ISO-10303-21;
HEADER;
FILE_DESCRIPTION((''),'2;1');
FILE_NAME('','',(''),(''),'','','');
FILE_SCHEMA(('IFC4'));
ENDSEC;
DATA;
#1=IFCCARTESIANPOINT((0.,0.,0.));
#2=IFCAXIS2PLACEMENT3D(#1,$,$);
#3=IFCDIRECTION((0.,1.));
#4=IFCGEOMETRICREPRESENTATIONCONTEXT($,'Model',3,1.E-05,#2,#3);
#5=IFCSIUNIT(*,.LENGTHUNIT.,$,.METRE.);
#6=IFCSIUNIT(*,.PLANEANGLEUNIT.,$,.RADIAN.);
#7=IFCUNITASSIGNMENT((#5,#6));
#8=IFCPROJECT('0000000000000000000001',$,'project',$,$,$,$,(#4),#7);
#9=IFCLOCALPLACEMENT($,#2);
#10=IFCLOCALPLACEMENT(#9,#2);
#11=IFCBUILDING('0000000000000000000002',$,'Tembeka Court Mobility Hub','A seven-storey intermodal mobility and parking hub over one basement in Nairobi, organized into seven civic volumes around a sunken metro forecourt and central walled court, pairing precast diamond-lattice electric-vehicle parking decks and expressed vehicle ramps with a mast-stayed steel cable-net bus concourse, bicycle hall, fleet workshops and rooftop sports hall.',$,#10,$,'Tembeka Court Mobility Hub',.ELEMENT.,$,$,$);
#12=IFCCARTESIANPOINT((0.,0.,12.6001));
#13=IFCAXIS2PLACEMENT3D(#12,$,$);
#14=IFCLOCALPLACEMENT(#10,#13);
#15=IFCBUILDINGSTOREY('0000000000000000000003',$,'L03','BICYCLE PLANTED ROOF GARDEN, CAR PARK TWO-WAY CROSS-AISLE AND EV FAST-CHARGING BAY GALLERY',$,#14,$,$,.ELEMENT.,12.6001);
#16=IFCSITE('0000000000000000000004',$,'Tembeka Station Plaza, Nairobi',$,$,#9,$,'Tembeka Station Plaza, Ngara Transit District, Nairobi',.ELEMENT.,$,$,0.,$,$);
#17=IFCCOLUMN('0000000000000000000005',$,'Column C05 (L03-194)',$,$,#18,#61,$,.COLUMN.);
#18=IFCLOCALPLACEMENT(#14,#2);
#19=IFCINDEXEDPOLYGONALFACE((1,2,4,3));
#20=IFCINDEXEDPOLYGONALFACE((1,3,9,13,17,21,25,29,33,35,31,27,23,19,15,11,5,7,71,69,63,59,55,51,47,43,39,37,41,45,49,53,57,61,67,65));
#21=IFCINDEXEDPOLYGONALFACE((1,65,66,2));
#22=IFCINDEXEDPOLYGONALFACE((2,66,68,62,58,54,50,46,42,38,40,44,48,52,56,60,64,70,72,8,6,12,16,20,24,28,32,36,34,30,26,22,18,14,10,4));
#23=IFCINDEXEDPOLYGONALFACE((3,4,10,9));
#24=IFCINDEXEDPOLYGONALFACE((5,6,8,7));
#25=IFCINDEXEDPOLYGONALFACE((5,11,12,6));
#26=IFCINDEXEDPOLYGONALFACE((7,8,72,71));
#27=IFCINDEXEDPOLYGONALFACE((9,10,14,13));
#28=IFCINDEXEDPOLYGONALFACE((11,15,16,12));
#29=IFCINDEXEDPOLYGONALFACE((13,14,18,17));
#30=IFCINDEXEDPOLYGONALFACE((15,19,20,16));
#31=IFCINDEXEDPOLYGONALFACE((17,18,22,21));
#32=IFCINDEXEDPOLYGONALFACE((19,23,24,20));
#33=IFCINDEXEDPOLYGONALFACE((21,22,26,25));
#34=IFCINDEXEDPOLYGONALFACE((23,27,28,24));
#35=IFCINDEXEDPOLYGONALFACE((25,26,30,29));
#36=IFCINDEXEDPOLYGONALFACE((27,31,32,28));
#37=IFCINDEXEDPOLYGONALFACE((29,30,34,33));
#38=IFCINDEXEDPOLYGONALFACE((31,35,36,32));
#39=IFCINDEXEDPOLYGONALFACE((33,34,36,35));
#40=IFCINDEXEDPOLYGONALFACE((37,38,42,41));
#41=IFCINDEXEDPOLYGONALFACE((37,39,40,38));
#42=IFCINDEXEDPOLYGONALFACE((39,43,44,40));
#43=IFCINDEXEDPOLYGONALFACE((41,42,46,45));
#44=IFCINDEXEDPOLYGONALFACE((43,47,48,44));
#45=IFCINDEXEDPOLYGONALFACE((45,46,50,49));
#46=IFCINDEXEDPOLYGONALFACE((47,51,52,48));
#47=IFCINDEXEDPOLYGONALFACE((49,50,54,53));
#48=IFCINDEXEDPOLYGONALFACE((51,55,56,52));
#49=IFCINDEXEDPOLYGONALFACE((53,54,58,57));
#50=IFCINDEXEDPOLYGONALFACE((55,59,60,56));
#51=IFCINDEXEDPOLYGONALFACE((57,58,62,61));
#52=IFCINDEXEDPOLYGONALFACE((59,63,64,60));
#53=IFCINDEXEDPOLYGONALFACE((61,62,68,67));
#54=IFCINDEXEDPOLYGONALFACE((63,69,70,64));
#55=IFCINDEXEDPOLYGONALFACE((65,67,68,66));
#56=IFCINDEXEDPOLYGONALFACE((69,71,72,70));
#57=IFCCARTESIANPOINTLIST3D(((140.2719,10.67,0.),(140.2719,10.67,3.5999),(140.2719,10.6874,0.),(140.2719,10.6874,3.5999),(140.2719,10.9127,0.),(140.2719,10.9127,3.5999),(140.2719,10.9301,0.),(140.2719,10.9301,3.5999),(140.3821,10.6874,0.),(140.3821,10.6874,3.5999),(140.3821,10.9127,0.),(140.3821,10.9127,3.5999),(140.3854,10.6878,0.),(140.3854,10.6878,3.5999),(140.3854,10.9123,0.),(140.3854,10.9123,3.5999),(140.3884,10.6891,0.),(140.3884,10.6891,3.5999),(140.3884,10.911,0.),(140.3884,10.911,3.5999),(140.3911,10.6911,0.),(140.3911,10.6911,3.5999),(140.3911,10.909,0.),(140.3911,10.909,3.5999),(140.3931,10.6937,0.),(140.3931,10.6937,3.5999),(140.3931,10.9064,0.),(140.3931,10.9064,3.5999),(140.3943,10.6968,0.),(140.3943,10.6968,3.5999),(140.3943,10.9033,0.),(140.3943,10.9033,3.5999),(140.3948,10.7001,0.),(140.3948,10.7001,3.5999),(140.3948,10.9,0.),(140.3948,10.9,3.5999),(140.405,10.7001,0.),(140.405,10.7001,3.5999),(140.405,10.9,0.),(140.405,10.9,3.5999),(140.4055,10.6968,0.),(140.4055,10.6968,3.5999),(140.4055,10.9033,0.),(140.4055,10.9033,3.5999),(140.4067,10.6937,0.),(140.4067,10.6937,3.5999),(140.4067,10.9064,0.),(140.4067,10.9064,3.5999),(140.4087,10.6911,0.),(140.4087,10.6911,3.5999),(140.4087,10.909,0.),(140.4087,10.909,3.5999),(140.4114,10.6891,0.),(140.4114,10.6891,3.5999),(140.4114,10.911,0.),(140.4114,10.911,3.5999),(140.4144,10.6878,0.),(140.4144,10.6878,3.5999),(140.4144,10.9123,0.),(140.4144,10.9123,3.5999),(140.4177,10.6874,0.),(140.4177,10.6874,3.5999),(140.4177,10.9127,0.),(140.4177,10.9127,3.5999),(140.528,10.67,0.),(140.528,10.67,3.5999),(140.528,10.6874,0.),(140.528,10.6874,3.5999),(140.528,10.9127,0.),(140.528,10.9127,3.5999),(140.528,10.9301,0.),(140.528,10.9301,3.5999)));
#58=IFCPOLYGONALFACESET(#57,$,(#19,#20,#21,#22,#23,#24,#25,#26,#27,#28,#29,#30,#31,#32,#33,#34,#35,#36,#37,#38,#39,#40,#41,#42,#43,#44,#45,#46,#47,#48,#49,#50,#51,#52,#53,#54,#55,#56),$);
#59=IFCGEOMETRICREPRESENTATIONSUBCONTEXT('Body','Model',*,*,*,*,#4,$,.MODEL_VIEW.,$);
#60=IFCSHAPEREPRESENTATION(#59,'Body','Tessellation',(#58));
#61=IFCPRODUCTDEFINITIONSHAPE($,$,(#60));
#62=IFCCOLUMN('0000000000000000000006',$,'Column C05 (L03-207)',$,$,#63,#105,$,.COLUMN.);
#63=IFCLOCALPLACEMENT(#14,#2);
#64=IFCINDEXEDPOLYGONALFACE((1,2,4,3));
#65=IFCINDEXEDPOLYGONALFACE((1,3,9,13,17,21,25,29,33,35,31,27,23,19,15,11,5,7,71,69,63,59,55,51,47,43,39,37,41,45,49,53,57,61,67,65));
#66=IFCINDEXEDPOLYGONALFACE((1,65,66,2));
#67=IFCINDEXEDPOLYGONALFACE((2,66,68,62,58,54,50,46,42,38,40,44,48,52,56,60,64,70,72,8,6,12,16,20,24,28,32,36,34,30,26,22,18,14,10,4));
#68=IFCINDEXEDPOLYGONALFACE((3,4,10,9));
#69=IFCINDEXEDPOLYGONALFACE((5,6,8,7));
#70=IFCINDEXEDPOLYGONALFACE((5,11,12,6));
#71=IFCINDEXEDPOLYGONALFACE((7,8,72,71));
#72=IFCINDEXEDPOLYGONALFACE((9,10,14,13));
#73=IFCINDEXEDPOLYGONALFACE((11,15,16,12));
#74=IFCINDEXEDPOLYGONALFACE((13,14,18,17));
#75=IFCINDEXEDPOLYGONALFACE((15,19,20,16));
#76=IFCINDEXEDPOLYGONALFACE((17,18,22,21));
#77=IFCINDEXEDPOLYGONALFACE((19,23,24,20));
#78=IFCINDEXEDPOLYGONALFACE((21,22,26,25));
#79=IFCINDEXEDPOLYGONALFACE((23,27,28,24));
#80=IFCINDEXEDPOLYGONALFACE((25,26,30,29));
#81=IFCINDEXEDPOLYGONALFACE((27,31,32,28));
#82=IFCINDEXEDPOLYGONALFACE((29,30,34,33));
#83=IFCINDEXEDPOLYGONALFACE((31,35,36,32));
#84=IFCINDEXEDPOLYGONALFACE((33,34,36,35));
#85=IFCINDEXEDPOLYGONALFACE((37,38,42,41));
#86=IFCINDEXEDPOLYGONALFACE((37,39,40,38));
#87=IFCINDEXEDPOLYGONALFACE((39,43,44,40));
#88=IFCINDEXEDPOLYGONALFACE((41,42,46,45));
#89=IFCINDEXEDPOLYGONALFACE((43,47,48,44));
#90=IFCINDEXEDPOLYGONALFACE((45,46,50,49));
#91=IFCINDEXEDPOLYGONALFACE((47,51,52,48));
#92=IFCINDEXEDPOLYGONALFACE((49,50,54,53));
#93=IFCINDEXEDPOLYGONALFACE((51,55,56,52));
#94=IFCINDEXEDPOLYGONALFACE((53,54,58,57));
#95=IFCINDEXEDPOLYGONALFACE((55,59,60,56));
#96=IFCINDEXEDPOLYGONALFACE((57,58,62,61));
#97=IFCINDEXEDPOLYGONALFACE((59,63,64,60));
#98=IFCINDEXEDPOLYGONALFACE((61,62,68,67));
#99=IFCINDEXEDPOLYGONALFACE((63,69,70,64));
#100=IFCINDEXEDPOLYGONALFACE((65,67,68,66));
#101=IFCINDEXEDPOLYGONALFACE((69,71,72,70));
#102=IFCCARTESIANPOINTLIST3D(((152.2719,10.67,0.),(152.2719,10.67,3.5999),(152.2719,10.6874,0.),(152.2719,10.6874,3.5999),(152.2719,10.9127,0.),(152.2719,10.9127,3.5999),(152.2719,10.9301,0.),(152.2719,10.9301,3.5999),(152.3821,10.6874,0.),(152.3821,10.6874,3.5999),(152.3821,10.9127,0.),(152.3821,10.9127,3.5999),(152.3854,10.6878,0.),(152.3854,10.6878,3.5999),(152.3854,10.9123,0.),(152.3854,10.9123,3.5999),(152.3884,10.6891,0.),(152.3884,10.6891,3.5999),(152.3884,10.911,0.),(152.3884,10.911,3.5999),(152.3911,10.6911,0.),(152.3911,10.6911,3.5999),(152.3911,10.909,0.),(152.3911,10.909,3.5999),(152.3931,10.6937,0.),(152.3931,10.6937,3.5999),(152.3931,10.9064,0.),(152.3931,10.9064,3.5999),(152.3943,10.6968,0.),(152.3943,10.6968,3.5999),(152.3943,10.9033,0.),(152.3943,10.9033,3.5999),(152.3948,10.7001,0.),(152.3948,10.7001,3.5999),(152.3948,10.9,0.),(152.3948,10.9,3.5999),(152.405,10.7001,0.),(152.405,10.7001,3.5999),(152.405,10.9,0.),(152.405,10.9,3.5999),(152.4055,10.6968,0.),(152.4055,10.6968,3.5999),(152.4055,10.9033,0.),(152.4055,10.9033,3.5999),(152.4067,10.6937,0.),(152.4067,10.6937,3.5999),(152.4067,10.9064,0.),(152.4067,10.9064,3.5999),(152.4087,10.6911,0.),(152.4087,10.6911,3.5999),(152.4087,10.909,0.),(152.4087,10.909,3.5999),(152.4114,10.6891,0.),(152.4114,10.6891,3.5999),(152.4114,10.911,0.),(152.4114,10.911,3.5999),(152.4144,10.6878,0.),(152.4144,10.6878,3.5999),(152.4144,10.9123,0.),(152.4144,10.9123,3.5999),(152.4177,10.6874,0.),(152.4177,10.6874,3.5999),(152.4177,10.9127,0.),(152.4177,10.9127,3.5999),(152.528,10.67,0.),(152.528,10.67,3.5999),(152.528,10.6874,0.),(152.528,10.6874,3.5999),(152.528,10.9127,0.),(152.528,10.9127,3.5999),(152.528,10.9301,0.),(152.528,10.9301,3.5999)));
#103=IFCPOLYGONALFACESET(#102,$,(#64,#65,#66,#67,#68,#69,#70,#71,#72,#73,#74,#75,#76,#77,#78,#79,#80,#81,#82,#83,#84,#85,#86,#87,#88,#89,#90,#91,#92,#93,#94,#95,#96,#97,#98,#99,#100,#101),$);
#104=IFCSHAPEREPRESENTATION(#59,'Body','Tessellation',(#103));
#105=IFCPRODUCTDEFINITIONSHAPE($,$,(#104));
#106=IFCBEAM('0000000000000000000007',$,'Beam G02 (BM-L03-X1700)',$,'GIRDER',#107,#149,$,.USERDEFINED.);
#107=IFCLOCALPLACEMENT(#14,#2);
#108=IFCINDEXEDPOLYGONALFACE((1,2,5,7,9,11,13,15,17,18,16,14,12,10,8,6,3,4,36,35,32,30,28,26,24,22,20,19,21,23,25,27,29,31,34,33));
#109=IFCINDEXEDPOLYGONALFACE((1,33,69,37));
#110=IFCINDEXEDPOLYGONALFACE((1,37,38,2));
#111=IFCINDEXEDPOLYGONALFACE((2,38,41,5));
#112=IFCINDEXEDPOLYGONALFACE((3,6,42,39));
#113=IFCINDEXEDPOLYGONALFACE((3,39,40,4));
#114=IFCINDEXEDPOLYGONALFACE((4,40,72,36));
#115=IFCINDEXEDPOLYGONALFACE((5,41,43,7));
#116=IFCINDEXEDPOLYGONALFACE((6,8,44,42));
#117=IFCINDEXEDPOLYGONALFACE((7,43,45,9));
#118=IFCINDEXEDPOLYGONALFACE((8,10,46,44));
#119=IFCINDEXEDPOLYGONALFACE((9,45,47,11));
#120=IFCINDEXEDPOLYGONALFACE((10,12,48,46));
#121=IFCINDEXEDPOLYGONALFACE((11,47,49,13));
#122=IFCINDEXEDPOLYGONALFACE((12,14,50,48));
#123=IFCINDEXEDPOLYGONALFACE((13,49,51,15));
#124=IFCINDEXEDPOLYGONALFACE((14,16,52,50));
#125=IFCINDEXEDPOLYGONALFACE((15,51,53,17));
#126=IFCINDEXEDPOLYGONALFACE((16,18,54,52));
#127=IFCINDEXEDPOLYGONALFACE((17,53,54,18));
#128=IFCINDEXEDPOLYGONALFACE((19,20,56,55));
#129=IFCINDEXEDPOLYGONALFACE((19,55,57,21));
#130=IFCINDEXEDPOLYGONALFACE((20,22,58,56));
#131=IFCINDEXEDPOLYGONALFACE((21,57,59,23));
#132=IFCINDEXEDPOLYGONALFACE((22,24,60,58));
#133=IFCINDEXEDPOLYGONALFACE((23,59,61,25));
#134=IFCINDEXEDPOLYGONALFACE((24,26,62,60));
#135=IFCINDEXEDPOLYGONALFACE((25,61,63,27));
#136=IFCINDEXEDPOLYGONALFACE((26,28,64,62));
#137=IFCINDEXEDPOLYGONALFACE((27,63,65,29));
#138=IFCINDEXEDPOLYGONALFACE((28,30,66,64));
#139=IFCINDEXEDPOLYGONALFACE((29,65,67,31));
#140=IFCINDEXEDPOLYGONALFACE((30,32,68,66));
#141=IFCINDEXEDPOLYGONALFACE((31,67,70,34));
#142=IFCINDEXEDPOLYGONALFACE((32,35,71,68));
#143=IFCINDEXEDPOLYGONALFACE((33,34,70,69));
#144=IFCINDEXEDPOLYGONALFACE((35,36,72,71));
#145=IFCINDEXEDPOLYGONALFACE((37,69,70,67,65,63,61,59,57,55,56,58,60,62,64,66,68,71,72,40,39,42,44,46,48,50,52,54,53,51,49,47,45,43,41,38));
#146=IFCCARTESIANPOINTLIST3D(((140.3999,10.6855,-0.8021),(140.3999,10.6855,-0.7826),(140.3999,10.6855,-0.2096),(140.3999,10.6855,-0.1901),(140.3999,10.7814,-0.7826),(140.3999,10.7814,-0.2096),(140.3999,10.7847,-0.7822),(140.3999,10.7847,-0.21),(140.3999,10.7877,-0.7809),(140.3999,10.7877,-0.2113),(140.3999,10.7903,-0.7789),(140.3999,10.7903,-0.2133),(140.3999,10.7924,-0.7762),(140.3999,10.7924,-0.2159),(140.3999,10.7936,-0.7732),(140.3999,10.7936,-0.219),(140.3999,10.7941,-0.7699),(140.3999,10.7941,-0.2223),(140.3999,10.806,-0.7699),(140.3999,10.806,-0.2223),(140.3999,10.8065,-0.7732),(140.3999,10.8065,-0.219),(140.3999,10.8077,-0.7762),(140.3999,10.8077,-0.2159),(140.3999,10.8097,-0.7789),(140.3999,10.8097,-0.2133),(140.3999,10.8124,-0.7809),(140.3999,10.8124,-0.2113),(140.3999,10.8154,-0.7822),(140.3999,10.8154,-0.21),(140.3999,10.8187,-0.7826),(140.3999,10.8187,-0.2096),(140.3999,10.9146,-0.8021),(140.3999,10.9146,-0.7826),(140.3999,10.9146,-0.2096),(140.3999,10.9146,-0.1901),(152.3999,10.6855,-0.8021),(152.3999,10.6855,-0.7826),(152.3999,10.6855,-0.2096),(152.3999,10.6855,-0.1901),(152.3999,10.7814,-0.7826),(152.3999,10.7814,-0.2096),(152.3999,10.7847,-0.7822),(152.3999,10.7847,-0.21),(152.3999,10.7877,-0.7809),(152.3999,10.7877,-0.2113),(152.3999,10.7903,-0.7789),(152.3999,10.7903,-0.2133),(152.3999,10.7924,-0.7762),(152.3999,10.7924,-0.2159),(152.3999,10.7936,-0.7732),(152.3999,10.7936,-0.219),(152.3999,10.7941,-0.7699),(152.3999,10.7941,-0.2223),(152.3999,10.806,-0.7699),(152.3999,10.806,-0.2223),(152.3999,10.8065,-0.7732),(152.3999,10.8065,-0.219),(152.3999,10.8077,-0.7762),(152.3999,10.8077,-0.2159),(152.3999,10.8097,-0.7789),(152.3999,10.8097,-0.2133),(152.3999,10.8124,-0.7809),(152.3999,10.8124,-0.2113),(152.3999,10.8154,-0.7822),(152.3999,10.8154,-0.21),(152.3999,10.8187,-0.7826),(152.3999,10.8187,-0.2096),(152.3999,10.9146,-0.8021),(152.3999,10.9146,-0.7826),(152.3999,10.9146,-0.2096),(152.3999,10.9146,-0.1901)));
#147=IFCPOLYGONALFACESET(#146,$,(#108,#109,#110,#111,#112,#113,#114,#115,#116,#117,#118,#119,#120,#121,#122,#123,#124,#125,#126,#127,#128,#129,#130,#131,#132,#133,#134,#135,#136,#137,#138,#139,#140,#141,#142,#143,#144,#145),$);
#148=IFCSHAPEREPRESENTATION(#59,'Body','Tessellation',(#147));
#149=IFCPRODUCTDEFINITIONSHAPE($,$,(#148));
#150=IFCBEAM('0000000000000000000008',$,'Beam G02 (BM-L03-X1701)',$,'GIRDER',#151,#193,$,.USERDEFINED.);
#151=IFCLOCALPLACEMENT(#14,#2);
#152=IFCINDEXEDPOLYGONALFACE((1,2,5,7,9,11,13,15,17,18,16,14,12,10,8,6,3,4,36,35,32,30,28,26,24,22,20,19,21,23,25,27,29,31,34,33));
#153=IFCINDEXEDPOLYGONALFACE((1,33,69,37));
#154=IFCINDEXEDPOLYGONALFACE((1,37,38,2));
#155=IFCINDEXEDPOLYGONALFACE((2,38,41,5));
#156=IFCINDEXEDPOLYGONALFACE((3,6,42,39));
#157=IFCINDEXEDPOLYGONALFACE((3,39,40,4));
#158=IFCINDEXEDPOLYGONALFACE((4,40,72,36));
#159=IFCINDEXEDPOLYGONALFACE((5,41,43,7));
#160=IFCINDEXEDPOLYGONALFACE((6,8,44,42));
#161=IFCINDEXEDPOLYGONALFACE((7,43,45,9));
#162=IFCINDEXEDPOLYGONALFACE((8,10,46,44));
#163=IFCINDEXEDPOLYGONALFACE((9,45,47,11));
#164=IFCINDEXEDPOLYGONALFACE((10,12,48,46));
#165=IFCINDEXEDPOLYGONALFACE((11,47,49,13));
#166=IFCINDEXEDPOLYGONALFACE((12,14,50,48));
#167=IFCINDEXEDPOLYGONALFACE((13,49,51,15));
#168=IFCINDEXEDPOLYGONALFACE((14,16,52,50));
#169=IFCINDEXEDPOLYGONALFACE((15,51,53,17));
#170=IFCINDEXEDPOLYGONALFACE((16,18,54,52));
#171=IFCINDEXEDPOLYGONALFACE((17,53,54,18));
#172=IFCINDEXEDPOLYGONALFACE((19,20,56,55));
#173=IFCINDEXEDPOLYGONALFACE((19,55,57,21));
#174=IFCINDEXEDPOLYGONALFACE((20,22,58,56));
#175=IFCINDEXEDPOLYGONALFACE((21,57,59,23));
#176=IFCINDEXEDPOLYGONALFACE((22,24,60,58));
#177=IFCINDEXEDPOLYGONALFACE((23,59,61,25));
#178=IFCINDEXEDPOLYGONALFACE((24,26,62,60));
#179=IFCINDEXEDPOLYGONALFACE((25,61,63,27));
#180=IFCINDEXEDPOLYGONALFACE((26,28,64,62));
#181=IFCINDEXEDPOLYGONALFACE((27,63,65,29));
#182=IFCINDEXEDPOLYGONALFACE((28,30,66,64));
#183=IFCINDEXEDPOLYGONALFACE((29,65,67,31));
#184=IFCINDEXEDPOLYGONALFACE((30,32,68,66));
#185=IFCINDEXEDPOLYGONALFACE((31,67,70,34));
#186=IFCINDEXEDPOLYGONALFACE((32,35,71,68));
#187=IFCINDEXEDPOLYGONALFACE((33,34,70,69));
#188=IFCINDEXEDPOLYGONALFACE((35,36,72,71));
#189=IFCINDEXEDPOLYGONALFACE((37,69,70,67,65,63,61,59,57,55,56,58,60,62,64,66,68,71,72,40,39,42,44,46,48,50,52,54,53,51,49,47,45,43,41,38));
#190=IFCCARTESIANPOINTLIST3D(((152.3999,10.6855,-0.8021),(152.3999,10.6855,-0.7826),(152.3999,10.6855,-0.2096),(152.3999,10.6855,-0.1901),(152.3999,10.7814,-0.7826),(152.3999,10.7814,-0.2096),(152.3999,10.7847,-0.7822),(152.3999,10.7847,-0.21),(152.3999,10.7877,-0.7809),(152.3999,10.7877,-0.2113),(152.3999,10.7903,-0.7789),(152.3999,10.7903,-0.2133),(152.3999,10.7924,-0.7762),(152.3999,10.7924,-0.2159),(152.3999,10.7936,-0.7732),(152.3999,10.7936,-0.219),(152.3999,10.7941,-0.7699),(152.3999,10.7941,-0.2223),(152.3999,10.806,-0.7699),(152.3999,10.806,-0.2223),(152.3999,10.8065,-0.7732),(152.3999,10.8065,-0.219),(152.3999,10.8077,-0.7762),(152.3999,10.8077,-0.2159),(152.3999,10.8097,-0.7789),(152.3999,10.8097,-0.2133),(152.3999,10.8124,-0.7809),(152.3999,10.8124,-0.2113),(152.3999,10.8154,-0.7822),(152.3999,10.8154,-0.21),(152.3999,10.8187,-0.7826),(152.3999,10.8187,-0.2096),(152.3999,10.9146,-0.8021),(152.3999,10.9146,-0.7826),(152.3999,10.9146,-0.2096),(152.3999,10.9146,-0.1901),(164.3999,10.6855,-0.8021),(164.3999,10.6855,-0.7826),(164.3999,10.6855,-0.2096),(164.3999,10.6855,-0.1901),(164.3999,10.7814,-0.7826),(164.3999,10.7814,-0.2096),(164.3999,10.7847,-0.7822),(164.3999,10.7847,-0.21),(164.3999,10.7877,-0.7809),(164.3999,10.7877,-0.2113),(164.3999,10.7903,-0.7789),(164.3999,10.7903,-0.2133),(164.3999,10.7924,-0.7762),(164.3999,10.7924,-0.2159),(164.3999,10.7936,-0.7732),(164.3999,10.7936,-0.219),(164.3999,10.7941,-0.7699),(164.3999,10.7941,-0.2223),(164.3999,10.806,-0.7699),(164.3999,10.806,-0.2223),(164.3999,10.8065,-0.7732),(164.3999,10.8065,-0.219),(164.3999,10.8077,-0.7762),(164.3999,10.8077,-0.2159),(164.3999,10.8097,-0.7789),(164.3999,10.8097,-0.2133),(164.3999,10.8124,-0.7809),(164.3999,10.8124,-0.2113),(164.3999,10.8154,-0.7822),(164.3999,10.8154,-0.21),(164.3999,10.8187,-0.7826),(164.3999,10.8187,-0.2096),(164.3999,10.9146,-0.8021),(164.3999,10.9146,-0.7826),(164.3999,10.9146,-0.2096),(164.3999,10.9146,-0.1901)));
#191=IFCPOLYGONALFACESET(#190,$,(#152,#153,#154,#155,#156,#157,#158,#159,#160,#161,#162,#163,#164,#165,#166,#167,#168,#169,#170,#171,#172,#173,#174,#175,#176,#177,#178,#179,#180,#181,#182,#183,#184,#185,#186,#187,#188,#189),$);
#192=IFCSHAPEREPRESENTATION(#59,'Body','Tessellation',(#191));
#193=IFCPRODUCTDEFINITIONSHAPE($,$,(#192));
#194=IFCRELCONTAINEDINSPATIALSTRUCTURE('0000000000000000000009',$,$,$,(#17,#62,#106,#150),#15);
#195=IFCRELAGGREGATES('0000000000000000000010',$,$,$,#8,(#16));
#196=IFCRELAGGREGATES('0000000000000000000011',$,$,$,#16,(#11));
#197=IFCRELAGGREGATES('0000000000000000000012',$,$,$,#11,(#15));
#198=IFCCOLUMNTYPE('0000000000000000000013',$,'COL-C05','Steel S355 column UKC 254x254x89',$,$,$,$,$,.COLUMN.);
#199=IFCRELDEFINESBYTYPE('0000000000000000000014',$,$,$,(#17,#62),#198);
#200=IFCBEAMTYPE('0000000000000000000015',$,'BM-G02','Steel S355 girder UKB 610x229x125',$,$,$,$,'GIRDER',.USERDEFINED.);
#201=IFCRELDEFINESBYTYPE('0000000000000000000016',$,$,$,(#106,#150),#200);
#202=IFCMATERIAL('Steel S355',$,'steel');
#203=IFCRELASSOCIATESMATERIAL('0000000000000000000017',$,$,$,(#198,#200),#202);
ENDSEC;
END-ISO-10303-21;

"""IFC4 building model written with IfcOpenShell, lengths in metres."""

from ifc_helpers import new_model, si_unit, direction, frame, origin, origin_2d, place, context, subcontext, project, spatial, i_section, extrude, material, material_profile, profile_set, type_object, element, save


model = new_model("IFC4")

# Units and contexts
model_context = context("Model", 3, precision=1e-05, world=origin(), true_north=direction((0.0, 1.0)))
body_context = subcontext(model_context, "Body", "Model", "MODEL_VIEW")
ifc_project = project(units=[si_unit("LENGTHUNIT", "METRE"), si_unit("PLANEANGLEUNIT", "RADIAN")], contexts=[model_context])

# Site, building, storey
site_placement = place(None, origin())
site = spatial("IfcSite", under=ifc_project, at=site_placement, Name="Tembeka Station Plaza, Nairobi", LongName="Tembeka Station Plaza, Ngara Transit District, Nairobi", CompositionType="ELEMENT", RefElevation=0.0)
building_placement = place(site_placement, origin())
building = spatial("IfcBuilding", under=site, at=building_placement, Name="Tembeka Court Mobility Hub", Description="A seven-storey intermodal mobility and parking hub over one basement in Nairobi, organized into seven civic volumes around a sunken metro forecourt and central walled court, pairing precast diamond-lattice electric-vehicle parking decks and expressed vehicle ramps with a mast-stayed steel cable-net bus concourse, bicycle hall, fleet workshops and rooftop sports hall.", LongName="Tembeka Court Mobility Hub", CompositionType="ELEMENT")
storey_placement = place(building_placement, frame((0.0, 0.0, 12.6001)))
storey = spatial("IfcBuildingStorey", under=building, at=storey_placement, Name="L03", Description="BICYCLE PLANTED ROOF GARDEN, CAR PARK TWO-WAY CROSS-AISLE AND EV FAST-CHARGING BAY GALLERY", CompositionType="ELEMENT", Elevation=12.6001)

# Columns
ifc_material_1 = material(Name="Steel S355", Category="steel")
ifc_material_profile_1 = material_profile(ifc_material_1, i_section(OverallWidth=0.2561, OverallDepth=0.26, WebThickness=0.0103, FlangeThickness=0.0173, FilletRadius=0.0127, at=origin_2d()), Name="UKC 254x254x89")
ifc_profile_set_1 = profile_set([ifc_material_profile_1], Name="Steel S355")
column_type = type_object("IfcColumnType", Name="COL-C05", Description="Steel S355 column UKC 254x254x89", PredefinedType="COLUMN", material=ifc_profile_set_1)
for number, where, z_axis, x_axis, name in (
    (1, (140.3999, 10.8, 0.0), (0.0, 0.0, 1.0), (1.0, 0.0, 0.0), "Column C05 (L03-194)"),
    (2, (152.3999, 10.8, 0.0), (0.0, 0.0, 1.0), (1.0, 0.0, 0.0), "Column C05 (L03-207)"),
):
    element("IfcColumn", number, at=place(storey_placement, frame(where, z_axis=z_axis, x_axis=x_axis)), inside=storey, type_object=column_type, Name=name, PredefinedType="COLUMN", context=body_context, shape_type="SweptSolid", body=[
        extrude(i_section(OverallWidth=0.2561, OverallDepth=0.26, WebThickness=0.0103, FlangeThickness=0.0173, FilletRadius=0.0127, at=origin_2d()), origin(), (0.0, 0.0, 1.0), 3.5999),
    ])

# Beams
ifc_material_profile_2 = material_profile(ifc_material_1, i_section(OverallWidth=0.229, OverallDepth=0.6121, WebThickness=0.012, FlangeThickness=0.0195, FilletRadius=0.0127, at=origin_2d()), Name="UKB 610x229x125")
ifc_profile_set_2 = profile_set([ifc_material_profile_2], Name="Steel S355")
beam_type_1 = type_object("IfcBeamType", Name="BM-G02", Description="Steel S355 girder UKB 610x229x125", ElementType="GIRDER", PredefinedType="USERDEFINED", material=ifc_profile_set_2)
for number, where, z_axis, x_axis, name in (
    (3, (140.3999, 10.8, -0.4961), (1.0, 0.0, 0.0), (0.0, 1.0, 0.0), "Beam G02 (BM-L03-X1700)"),
    (4, (152.3999, 10.8, -0.4961), (1.0, 0.0, 0.0), (0.0, 1.0, 0.0), "Beam G02 (BM-L03-X1701)"),
):
    element("IfcBeam", number, at=place(storey_placement, frame(where, z_axis=z_axis, x_axis=x_axis)), inside=storey, type_object=beam_type_1, Name=name, ObjectType="GIRDER", PredefinedType="USERDEFINED", context=body_context, shape_type="SweptSolid", body=[
        extrude(i_section(OverallWidth=0.229, OverallDepth=0.6121, WebThickness=0.012, FlangeThickness=0.0195, FilletRadius=0.0127, at=origin_2d()), origin(), (0.0, 0.0, 1.0), 12.0),
    ])

save(model, "model.ifc")
